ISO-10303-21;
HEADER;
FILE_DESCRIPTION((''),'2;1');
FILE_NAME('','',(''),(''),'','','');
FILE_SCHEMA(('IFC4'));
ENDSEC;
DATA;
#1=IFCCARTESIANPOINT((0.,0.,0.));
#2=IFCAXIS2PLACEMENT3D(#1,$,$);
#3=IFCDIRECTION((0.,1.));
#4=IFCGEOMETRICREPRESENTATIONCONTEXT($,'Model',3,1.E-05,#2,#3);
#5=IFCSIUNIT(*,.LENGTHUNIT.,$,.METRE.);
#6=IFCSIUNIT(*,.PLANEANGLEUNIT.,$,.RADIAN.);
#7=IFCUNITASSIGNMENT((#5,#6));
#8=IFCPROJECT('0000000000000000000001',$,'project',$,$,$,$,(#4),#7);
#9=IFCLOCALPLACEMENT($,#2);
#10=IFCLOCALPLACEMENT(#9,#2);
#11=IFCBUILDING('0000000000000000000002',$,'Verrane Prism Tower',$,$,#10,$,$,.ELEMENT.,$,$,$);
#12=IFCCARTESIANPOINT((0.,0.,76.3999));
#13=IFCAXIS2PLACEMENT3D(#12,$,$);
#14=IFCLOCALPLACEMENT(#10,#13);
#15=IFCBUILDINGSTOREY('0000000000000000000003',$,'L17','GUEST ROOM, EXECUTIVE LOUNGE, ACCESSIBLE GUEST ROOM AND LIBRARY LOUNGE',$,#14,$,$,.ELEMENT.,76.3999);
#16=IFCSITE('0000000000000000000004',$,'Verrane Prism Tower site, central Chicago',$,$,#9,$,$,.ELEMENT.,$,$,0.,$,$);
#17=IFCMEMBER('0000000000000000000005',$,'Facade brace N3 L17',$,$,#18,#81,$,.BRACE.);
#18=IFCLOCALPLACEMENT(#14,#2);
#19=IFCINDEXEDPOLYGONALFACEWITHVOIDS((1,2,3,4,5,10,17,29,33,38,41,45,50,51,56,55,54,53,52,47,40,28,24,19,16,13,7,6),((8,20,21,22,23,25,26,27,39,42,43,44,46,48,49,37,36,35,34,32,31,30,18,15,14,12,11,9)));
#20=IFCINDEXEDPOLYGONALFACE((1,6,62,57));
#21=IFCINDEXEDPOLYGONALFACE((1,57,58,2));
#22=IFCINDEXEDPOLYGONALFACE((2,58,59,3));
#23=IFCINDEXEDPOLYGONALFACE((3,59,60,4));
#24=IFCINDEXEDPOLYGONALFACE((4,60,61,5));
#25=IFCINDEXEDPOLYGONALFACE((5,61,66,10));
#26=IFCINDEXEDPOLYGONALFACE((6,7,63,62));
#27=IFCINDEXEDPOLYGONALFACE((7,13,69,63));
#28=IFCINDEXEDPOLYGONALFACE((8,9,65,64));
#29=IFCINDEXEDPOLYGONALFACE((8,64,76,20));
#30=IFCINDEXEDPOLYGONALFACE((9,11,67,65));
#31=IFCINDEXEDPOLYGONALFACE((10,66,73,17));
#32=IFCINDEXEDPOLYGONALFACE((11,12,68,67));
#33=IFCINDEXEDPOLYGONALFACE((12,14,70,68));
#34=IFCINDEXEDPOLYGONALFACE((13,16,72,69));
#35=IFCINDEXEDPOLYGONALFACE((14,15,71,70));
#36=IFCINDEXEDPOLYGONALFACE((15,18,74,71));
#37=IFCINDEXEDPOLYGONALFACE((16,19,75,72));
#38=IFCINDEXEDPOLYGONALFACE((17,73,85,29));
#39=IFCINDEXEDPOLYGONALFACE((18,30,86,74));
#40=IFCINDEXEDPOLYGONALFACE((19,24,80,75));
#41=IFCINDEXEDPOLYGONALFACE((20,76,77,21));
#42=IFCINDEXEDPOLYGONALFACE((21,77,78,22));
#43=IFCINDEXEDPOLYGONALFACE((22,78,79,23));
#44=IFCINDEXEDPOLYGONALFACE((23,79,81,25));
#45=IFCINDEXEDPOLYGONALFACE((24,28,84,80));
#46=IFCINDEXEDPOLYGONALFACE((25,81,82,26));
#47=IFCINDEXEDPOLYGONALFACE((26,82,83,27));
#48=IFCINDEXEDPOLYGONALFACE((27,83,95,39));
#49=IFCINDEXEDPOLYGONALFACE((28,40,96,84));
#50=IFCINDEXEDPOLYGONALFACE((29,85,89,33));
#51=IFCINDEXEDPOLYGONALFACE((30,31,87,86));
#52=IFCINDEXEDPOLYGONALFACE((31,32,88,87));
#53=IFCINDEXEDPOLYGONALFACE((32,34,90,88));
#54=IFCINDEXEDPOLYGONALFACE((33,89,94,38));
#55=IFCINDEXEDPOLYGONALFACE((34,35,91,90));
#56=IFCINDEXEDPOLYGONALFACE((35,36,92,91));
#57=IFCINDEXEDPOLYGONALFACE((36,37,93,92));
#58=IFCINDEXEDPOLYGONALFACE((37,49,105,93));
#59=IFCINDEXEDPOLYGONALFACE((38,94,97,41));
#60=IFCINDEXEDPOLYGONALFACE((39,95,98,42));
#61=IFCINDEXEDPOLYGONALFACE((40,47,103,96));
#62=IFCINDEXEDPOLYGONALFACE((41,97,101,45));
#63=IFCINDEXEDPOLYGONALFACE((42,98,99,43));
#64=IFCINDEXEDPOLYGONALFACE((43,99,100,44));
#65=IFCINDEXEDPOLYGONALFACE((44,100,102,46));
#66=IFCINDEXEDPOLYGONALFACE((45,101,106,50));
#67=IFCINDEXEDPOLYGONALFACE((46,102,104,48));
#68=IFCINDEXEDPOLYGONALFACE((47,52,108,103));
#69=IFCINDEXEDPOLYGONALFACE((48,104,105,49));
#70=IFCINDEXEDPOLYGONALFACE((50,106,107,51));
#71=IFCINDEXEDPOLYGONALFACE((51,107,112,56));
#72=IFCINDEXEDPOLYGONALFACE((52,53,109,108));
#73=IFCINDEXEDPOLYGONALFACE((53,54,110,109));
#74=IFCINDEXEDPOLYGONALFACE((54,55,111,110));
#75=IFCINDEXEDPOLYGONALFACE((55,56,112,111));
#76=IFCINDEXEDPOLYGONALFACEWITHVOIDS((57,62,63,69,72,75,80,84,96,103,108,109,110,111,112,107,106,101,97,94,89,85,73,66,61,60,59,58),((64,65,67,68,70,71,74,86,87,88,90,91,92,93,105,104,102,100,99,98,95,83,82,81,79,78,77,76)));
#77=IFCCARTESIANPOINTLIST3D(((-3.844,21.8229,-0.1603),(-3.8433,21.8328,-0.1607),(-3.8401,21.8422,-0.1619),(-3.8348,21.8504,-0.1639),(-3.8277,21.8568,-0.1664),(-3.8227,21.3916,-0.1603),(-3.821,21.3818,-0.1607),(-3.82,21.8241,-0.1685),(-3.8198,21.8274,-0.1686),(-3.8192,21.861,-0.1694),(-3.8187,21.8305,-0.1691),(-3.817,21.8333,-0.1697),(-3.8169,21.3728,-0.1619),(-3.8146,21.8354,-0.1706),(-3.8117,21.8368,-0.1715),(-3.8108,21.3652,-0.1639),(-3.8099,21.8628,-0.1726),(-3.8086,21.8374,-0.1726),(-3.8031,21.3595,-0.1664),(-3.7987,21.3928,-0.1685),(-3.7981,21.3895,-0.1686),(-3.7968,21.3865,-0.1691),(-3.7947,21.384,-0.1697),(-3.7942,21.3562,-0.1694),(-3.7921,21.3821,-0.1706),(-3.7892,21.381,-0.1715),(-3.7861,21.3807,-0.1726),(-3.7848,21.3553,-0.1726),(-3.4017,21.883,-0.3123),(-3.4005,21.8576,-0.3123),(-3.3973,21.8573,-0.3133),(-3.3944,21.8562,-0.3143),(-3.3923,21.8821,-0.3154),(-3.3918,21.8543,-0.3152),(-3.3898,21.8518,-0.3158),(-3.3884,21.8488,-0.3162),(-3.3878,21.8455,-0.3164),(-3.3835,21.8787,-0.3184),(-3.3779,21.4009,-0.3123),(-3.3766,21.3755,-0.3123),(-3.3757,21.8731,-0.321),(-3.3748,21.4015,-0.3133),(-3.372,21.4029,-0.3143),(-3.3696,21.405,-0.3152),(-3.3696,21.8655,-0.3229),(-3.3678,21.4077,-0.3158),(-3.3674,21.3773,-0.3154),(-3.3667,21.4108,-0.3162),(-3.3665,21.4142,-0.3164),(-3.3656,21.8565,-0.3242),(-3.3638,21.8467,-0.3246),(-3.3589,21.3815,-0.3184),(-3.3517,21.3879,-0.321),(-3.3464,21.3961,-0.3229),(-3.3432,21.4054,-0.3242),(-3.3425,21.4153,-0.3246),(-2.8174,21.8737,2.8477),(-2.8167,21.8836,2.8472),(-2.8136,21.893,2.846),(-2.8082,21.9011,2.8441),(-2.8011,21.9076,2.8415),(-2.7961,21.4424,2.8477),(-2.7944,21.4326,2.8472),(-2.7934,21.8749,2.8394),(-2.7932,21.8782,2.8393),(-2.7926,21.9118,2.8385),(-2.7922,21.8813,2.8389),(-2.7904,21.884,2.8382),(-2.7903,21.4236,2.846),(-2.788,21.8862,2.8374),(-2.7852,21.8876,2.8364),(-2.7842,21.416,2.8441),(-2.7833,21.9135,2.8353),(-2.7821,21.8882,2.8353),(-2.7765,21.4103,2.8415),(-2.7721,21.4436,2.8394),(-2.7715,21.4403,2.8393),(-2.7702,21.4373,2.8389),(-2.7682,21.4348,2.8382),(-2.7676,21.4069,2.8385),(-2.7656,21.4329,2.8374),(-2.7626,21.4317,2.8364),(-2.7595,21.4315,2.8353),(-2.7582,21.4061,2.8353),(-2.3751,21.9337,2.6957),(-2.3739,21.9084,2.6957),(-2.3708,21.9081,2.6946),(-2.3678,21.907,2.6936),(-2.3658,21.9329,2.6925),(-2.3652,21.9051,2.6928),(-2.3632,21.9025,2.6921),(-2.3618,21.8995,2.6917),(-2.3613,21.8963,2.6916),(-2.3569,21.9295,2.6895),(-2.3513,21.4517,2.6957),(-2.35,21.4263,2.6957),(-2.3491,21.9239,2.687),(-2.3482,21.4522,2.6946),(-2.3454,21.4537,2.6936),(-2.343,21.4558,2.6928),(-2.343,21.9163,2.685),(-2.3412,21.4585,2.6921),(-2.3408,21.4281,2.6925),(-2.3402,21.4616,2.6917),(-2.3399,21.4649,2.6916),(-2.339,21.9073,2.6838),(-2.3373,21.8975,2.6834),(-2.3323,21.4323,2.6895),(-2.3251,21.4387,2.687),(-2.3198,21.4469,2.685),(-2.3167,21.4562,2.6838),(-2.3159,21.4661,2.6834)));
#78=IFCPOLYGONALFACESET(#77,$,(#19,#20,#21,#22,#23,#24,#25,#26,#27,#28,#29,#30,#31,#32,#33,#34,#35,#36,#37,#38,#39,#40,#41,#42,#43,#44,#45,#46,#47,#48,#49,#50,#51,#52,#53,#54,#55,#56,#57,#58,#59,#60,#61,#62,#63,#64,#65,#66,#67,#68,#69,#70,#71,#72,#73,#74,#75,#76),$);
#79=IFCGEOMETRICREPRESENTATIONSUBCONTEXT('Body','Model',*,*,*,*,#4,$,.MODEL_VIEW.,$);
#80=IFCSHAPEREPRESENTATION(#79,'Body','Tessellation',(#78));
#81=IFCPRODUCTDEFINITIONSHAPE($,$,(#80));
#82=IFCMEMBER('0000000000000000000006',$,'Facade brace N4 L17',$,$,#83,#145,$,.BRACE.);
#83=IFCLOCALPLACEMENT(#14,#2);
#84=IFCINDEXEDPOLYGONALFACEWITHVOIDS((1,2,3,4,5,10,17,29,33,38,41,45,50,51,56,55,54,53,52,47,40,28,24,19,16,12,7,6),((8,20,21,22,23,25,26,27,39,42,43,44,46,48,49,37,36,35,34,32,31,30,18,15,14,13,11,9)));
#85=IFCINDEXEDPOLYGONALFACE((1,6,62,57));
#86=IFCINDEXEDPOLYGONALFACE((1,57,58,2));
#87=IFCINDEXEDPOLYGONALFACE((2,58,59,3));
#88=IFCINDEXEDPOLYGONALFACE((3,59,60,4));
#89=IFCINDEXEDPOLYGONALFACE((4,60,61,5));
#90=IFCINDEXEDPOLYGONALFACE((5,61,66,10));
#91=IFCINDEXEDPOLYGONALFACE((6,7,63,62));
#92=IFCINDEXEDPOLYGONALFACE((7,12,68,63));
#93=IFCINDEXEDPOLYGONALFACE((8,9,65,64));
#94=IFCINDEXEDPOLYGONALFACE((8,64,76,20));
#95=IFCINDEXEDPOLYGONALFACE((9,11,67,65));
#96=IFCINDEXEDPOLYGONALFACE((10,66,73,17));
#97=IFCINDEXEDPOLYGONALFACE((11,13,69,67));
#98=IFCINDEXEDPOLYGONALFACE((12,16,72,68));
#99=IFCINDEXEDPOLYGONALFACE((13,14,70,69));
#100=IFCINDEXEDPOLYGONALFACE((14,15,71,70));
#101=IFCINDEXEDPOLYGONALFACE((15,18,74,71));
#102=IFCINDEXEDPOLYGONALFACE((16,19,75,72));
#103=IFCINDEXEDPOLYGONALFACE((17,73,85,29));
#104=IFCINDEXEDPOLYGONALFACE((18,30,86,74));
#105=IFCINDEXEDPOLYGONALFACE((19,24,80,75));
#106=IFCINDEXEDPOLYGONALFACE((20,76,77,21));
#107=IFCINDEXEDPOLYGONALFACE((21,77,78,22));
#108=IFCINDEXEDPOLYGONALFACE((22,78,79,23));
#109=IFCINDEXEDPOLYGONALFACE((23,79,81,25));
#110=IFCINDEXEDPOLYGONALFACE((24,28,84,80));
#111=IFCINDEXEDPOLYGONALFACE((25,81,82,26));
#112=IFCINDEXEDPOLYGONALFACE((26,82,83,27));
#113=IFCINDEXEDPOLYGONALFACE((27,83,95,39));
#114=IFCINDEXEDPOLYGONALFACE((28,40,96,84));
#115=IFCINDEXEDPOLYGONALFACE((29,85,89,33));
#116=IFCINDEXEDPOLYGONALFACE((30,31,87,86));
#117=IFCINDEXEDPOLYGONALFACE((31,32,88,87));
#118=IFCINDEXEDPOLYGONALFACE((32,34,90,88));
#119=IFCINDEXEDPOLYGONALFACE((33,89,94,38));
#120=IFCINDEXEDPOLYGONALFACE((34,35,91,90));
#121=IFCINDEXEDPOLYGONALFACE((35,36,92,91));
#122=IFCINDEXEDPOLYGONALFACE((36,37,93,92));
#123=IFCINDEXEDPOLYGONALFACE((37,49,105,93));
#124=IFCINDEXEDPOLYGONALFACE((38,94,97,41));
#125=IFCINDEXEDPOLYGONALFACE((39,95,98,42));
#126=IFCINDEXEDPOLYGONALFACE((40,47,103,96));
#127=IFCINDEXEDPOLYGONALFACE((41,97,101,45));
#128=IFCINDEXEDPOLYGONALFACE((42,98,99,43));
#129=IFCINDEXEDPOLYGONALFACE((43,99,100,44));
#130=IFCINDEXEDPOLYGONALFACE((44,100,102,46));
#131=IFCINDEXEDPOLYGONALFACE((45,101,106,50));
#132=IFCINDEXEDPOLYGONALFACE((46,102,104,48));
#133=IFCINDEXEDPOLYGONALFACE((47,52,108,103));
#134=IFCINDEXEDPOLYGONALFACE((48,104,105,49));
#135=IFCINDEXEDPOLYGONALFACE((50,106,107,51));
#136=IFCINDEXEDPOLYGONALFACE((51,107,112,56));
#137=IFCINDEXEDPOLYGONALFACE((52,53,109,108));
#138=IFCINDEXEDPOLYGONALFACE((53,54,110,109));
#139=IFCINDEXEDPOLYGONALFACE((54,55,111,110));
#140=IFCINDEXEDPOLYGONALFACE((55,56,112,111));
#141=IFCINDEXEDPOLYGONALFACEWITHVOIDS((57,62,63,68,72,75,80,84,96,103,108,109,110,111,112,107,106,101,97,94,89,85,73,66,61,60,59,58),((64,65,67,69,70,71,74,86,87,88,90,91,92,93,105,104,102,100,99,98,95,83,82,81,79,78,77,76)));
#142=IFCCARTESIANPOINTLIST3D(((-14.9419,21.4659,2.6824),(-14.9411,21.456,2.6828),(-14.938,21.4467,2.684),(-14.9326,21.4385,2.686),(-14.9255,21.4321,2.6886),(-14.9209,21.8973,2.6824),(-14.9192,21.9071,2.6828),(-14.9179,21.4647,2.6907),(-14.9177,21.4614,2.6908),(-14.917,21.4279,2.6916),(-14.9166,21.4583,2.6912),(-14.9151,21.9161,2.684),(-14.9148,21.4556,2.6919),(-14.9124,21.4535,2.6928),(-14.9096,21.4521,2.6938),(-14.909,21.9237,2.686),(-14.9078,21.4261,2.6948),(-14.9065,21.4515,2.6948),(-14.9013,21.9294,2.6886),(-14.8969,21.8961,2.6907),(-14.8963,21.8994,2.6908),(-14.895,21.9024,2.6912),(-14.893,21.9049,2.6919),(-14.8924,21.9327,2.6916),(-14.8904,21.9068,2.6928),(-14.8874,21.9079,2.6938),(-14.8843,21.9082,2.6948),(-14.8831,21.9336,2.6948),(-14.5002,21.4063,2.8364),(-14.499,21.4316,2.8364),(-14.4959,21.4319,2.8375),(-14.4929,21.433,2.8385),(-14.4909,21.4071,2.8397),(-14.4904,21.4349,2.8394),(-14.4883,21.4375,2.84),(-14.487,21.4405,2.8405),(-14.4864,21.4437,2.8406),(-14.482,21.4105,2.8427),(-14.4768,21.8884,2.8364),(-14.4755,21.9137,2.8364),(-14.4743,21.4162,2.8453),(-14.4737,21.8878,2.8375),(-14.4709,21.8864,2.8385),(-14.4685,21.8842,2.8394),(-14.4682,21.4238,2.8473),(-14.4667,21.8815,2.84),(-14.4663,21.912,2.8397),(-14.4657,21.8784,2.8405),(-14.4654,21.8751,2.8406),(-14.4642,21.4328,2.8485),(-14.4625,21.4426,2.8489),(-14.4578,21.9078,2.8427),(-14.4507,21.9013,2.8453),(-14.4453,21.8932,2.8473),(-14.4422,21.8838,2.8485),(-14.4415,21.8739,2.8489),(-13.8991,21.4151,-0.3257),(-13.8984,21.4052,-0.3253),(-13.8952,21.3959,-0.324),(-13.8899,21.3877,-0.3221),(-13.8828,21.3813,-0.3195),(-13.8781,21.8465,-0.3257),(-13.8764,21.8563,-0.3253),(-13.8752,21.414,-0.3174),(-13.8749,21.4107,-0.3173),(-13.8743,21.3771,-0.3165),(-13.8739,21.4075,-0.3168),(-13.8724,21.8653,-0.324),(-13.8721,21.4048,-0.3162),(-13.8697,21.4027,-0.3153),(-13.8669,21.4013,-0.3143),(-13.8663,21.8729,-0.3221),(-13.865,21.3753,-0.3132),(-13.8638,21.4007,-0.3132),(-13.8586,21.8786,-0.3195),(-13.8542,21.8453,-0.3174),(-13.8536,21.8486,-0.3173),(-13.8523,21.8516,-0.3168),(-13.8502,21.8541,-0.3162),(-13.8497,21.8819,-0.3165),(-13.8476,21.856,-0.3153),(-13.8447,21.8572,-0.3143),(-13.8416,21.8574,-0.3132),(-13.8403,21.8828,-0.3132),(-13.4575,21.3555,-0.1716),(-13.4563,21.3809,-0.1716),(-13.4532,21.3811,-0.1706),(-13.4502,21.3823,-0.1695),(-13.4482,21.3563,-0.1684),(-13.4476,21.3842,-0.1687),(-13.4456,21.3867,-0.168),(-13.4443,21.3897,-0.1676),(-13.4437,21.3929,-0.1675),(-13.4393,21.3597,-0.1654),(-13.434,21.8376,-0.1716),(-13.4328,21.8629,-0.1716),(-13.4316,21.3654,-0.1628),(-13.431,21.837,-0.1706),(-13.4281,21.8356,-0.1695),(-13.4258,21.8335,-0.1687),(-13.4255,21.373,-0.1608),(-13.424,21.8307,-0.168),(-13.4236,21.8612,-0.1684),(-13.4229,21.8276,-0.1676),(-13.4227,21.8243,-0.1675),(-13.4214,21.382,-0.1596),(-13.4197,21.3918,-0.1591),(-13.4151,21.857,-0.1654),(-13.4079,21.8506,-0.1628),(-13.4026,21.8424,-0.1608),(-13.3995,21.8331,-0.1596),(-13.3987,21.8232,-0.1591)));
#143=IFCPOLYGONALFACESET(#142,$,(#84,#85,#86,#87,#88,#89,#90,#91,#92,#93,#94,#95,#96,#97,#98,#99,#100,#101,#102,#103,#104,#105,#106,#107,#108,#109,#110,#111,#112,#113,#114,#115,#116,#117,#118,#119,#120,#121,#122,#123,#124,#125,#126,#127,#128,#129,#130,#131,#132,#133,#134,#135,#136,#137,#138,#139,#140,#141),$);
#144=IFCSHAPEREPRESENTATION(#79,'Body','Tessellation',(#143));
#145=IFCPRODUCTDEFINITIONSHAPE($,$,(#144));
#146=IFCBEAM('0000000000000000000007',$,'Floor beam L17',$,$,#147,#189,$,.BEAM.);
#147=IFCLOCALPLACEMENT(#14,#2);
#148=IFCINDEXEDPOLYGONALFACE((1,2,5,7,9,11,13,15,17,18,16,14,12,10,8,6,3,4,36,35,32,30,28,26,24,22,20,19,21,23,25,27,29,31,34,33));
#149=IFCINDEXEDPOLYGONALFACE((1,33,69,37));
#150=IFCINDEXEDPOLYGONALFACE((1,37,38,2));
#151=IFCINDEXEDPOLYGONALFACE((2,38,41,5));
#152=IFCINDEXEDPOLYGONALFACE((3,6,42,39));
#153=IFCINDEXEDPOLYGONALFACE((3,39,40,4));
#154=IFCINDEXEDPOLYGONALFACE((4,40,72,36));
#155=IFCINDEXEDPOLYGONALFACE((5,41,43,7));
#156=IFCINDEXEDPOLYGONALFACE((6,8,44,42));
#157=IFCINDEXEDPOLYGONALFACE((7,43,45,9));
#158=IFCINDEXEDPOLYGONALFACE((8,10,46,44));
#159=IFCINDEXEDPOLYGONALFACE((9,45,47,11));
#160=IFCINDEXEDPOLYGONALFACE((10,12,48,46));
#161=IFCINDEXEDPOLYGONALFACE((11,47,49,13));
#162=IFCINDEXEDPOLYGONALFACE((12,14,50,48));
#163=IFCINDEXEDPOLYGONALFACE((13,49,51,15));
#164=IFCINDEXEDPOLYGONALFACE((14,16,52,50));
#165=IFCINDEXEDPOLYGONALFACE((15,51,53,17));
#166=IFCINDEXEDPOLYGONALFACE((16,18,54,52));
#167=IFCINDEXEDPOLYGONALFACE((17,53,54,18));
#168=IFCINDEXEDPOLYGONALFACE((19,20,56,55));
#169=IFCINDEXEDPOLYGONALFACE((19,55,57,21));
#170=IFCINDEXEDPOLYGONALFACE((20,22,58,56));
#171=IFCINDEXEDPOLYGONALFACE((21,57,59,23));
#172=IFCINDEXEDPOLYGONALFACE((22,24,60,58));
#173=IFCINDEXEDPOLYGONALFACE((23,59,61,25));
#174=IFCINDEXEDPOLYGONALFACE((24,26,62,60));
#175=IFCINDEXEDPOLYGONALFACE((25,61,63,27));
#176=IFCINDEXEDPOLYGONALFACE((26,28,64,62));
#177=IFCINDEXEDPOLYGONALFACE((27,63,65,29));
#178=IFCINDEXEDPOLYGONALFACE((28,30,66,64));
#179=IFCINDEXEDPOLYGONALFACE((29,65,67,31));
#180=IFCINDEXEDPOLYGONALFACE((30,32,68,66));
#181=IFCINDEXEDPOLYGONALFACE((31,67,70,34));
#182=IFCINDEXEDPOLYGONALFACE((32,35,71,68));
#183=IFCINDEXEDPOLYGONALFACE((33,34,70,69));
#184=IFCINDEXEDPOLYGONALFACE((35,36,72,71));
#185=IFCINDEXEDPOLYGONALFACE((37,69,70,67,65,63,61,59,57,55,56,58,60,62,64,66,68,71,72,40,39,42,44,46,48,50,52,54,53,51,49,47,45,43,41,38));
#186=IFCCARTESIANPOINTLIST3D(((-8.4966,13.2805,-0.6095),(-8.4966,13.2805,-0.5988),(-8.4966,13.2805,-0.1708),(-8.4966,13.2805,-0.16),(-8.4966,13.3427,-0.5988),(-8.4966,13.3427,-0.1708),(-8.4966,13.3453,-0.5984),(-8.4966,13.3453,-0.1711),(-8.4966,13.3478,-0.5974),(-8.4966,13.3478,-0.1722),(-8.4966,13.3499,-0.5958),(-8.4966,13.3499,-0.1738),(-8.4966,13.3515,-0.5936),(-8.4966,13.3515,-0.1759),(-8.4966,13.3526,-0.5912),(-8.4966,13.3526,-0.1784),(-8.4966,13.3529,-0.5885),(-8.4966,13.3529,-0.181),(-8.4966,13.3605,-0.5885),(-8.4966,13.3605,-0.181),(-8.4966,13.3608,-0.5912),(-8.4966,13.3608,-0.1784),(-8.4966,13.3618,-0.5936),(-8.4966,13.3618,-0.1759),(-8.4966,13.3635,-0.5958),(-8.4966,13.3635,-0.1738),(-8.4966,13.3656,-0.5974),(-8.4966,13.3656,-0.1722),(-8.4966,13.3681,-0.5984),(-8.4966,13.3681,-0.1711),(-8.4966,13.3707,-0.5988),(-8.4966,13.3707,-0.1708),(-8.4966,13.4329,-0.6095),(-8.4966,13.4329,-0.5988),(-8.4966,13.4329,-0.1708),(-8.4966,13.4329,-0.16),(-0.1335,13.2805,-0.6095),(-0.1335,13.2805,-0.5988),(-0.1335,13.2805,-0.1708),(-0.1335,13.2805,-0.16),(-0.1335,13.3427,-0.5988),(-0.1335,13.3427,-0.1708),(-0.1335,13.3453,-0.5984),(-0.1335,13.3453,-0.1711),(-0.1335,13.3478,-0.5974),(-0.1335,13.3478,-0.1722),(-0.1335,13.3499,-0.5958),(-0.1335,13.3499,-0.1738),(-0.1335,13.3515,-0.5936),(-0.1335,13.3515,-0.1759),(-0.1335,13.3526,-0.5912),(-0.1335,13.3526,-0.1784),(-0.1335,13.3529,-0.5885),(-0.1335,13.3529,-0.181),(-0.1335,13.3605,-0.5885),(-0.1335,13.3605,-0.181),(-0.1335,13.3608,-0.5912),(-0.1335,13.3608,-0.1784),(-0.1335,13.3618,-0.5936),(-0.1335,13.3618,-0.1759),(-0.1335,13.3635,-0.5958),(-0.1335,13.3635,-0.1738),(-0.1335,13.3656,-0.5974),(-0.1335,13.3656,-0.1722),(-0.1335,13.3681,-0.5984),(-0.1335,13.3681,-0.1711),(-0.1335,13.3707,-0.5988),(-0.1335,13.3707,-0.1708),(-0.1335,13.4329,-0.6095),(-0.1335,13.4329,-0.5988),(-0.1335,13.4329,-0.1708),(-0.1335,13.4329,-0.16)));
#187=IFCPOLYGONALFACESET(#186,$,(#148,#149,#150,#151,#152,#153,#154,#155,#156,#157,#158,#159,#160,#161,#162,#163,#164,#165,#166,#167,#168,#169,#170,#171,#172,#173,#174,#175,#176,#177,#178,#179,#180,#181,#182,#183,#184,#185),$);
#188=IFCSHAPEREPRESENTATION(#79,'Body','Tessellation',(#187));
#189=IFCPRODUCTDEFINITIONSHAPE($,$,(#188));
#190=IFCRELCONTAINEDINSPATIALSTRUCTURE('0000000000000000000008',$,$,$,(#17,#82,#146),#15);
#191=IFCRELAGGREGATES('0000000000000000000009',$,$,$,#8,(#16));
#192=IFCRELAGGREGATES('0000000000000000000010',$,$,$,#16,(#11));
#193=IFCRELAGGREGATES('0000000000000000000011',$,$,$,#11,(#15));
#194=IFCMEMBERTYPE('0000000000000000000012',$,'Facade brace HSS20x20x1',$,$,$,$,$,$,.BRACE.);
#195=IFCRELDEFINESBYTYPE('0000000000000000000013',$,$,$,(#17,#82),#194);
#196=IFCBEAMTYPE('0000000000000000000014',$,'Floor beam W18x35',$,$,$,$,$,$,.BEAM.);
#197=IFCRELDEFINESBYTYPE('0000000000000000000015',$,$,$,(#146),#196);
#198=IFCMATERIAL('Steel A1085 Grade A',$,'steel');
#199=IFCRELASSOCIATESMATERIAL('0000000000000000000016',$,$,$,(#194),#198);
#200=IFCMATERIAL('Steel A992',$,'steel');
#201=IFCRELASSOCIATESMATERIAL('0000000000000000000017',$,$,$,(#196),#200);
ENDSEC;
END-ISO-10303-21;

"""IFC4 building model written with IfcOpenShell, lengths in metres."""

from ifc_helpers import new_model, si_unit, direction, frame, origin, origin_2d, place, context, subcontext, project, spatial, hollow_rectangle, i_section, extrude, material, material_profile, profile_set, type_object, element, save


model = new_model("IFC4")

# Units and contexts
model_context = context("Model", 3, precision=1e-05, world=origin(), true_north=direction((0.0, 1.0)))
body_context = subcontext(model_context, "Body", "Model", "MODEL_VIEW")
ifc_project = project(units=[si_unit("LENGTHUNIT", "METRE"), si_unit("PLANEANGLEUNIT", "RADIAN")], contexts=[model_context])

# Site, building, storey
site_placement = place(None, origin())
site = spatial("IfcSite", under=ifc_project, at=site_placement, Name="Verrane Prism Tower site, central Chicago", CompositionType="ELEMENT", RefElevation=0.0)
building_placement = place(site_placement, origin())
building = spatial("IfcBuilding", under=site, at=building_placement, Name="Verrane Prism Tower", CompositionType="ELEMENT")
storey_placement = place(building_placement, frame((0.0, 0.0, 76.3999)))
storey = spatial("IfcBuildingStorey", under=building, at=storey_placement, Name="L17", Description="GUEST ROOM, EXECUTIVE LOUNGE, ACCESSIBLE GUEST ROOM AND LIBRARY LOUNGE", CompositionType="ELEMENT", Elevation=76.3999)

# Members
ifc_material_1 = material(Name="Steel A1085 Grade A", Category="steel")
ifc_material_profile_1 = material_profile(ifc_material_1, hollow_rectangle(XDim=0.5081, YDim=0.5081, WallThickness=0.0254, InnerFilletRadius=0.0127, OuterFilletRadius=0.0381, at=origin_2d()), Name="HSS20x20x1")
ifc_profile_set_1 = profile_set([ifc_material_profile_1], Name="Steel A1085 Grade A")
member_type_1 = type_object("IfcMemberType", Name="Facade brace HSS20x20x1", PredefinedType="BRACE", material=ifc_profile_set_1)
member_1_placement = place(storey_placement, frame((-3.5933, 21.6191, -0.2424), z_axis=(0.322953, 0.015975, 0.94628), x_axis=(-0.049405, 0.998779, 0.0)))
element("IfcMember", 1, at=member_1_placement, inside=storey, type_object=member_type_1, Name="Facade brace N3 L17", PredefinedType="BRACE", context=body_context, shape_type="SweptSolid", body=[
    extrude(hollow_rectangle(XDim=0.5081, YDim=0.5081, WallThickness=0.0254, InnerFilletRadius=0.0127, OuterFilletRadius=0.0381, at=origin_2d()), origin(), (0.0, 0.0, 1.0), 3.1787),
])
member_2_placement = place(storey_placement, frame((-13.6489, 21.6191, -0.2424), z_axis=(-0.327482, 0.015949, 0.944723), x_axis=(-0.048643, -0.998816, 0.0)))
element("IfcMember", 2, at=member_2_placement, inside=storey, type_object=member_type_1, Name="Facade brace N4 L17", PredefinedType="BRACE", context=body_context, shape_type="SweptSolid", body=[
    extrude(hollow_rectangle(XDim=0.5081, YDim=0.5081, WallThickness=0.0254, InnerFilletRadius=0.0127, OuterFilletRadius=0.0381, at=origin_2d()), origin(), (0.0, 0.0, 1.0), 3.1841),
])

# Beam
ifc_material_2 = material(Name="Steel A992", Category="steel")
ifc_material_profile_2 = material_profile(ifc_material_2, i_section(OverallWidth=0.1523, OverallDepth=0.4495, WebThickness=0.0076, FlangeThickness=0.0107, FilletRadius=0.0103, at=origin_2d()), Name="W18x35")
ifc_profile_set_2 = profile_set([ifc_material_profile_2], Name="Steel A992")
beam_type_1 = type_object("IfcBeamType", Name="Floor beam W18x35", PredefinedType="BEAM", material=ifc_profile_set_2)
for number, where, z_axis, x_axis, name in (
    (3, (-8.4966, 13.3567, -0.3848), (1.0, 0.0, 0.0), (0.0, 1.0, 0.0), "Floor beam L17"),
):
    element("IfcBeam", number, at=place(storey_placement, frame(where, z_axis=z_axis, x_axis=x_axis)), inside=storey, type_object=beam_type_1, Name=name, PredefinedType="BEAM", context=body_context, shape_type="SweptSolid", body=[
        extrude(i_section(OverallWidth=0.1523, OverallDepth=0.4495, WebThickness=0.0076, FlangeThickness=0.0107, FilletRadius=0.0103, at=origin_2d()), origin(), (0.0, 0.0, 1.0), 8.363),
    ])

save(model, "model.ifc")
